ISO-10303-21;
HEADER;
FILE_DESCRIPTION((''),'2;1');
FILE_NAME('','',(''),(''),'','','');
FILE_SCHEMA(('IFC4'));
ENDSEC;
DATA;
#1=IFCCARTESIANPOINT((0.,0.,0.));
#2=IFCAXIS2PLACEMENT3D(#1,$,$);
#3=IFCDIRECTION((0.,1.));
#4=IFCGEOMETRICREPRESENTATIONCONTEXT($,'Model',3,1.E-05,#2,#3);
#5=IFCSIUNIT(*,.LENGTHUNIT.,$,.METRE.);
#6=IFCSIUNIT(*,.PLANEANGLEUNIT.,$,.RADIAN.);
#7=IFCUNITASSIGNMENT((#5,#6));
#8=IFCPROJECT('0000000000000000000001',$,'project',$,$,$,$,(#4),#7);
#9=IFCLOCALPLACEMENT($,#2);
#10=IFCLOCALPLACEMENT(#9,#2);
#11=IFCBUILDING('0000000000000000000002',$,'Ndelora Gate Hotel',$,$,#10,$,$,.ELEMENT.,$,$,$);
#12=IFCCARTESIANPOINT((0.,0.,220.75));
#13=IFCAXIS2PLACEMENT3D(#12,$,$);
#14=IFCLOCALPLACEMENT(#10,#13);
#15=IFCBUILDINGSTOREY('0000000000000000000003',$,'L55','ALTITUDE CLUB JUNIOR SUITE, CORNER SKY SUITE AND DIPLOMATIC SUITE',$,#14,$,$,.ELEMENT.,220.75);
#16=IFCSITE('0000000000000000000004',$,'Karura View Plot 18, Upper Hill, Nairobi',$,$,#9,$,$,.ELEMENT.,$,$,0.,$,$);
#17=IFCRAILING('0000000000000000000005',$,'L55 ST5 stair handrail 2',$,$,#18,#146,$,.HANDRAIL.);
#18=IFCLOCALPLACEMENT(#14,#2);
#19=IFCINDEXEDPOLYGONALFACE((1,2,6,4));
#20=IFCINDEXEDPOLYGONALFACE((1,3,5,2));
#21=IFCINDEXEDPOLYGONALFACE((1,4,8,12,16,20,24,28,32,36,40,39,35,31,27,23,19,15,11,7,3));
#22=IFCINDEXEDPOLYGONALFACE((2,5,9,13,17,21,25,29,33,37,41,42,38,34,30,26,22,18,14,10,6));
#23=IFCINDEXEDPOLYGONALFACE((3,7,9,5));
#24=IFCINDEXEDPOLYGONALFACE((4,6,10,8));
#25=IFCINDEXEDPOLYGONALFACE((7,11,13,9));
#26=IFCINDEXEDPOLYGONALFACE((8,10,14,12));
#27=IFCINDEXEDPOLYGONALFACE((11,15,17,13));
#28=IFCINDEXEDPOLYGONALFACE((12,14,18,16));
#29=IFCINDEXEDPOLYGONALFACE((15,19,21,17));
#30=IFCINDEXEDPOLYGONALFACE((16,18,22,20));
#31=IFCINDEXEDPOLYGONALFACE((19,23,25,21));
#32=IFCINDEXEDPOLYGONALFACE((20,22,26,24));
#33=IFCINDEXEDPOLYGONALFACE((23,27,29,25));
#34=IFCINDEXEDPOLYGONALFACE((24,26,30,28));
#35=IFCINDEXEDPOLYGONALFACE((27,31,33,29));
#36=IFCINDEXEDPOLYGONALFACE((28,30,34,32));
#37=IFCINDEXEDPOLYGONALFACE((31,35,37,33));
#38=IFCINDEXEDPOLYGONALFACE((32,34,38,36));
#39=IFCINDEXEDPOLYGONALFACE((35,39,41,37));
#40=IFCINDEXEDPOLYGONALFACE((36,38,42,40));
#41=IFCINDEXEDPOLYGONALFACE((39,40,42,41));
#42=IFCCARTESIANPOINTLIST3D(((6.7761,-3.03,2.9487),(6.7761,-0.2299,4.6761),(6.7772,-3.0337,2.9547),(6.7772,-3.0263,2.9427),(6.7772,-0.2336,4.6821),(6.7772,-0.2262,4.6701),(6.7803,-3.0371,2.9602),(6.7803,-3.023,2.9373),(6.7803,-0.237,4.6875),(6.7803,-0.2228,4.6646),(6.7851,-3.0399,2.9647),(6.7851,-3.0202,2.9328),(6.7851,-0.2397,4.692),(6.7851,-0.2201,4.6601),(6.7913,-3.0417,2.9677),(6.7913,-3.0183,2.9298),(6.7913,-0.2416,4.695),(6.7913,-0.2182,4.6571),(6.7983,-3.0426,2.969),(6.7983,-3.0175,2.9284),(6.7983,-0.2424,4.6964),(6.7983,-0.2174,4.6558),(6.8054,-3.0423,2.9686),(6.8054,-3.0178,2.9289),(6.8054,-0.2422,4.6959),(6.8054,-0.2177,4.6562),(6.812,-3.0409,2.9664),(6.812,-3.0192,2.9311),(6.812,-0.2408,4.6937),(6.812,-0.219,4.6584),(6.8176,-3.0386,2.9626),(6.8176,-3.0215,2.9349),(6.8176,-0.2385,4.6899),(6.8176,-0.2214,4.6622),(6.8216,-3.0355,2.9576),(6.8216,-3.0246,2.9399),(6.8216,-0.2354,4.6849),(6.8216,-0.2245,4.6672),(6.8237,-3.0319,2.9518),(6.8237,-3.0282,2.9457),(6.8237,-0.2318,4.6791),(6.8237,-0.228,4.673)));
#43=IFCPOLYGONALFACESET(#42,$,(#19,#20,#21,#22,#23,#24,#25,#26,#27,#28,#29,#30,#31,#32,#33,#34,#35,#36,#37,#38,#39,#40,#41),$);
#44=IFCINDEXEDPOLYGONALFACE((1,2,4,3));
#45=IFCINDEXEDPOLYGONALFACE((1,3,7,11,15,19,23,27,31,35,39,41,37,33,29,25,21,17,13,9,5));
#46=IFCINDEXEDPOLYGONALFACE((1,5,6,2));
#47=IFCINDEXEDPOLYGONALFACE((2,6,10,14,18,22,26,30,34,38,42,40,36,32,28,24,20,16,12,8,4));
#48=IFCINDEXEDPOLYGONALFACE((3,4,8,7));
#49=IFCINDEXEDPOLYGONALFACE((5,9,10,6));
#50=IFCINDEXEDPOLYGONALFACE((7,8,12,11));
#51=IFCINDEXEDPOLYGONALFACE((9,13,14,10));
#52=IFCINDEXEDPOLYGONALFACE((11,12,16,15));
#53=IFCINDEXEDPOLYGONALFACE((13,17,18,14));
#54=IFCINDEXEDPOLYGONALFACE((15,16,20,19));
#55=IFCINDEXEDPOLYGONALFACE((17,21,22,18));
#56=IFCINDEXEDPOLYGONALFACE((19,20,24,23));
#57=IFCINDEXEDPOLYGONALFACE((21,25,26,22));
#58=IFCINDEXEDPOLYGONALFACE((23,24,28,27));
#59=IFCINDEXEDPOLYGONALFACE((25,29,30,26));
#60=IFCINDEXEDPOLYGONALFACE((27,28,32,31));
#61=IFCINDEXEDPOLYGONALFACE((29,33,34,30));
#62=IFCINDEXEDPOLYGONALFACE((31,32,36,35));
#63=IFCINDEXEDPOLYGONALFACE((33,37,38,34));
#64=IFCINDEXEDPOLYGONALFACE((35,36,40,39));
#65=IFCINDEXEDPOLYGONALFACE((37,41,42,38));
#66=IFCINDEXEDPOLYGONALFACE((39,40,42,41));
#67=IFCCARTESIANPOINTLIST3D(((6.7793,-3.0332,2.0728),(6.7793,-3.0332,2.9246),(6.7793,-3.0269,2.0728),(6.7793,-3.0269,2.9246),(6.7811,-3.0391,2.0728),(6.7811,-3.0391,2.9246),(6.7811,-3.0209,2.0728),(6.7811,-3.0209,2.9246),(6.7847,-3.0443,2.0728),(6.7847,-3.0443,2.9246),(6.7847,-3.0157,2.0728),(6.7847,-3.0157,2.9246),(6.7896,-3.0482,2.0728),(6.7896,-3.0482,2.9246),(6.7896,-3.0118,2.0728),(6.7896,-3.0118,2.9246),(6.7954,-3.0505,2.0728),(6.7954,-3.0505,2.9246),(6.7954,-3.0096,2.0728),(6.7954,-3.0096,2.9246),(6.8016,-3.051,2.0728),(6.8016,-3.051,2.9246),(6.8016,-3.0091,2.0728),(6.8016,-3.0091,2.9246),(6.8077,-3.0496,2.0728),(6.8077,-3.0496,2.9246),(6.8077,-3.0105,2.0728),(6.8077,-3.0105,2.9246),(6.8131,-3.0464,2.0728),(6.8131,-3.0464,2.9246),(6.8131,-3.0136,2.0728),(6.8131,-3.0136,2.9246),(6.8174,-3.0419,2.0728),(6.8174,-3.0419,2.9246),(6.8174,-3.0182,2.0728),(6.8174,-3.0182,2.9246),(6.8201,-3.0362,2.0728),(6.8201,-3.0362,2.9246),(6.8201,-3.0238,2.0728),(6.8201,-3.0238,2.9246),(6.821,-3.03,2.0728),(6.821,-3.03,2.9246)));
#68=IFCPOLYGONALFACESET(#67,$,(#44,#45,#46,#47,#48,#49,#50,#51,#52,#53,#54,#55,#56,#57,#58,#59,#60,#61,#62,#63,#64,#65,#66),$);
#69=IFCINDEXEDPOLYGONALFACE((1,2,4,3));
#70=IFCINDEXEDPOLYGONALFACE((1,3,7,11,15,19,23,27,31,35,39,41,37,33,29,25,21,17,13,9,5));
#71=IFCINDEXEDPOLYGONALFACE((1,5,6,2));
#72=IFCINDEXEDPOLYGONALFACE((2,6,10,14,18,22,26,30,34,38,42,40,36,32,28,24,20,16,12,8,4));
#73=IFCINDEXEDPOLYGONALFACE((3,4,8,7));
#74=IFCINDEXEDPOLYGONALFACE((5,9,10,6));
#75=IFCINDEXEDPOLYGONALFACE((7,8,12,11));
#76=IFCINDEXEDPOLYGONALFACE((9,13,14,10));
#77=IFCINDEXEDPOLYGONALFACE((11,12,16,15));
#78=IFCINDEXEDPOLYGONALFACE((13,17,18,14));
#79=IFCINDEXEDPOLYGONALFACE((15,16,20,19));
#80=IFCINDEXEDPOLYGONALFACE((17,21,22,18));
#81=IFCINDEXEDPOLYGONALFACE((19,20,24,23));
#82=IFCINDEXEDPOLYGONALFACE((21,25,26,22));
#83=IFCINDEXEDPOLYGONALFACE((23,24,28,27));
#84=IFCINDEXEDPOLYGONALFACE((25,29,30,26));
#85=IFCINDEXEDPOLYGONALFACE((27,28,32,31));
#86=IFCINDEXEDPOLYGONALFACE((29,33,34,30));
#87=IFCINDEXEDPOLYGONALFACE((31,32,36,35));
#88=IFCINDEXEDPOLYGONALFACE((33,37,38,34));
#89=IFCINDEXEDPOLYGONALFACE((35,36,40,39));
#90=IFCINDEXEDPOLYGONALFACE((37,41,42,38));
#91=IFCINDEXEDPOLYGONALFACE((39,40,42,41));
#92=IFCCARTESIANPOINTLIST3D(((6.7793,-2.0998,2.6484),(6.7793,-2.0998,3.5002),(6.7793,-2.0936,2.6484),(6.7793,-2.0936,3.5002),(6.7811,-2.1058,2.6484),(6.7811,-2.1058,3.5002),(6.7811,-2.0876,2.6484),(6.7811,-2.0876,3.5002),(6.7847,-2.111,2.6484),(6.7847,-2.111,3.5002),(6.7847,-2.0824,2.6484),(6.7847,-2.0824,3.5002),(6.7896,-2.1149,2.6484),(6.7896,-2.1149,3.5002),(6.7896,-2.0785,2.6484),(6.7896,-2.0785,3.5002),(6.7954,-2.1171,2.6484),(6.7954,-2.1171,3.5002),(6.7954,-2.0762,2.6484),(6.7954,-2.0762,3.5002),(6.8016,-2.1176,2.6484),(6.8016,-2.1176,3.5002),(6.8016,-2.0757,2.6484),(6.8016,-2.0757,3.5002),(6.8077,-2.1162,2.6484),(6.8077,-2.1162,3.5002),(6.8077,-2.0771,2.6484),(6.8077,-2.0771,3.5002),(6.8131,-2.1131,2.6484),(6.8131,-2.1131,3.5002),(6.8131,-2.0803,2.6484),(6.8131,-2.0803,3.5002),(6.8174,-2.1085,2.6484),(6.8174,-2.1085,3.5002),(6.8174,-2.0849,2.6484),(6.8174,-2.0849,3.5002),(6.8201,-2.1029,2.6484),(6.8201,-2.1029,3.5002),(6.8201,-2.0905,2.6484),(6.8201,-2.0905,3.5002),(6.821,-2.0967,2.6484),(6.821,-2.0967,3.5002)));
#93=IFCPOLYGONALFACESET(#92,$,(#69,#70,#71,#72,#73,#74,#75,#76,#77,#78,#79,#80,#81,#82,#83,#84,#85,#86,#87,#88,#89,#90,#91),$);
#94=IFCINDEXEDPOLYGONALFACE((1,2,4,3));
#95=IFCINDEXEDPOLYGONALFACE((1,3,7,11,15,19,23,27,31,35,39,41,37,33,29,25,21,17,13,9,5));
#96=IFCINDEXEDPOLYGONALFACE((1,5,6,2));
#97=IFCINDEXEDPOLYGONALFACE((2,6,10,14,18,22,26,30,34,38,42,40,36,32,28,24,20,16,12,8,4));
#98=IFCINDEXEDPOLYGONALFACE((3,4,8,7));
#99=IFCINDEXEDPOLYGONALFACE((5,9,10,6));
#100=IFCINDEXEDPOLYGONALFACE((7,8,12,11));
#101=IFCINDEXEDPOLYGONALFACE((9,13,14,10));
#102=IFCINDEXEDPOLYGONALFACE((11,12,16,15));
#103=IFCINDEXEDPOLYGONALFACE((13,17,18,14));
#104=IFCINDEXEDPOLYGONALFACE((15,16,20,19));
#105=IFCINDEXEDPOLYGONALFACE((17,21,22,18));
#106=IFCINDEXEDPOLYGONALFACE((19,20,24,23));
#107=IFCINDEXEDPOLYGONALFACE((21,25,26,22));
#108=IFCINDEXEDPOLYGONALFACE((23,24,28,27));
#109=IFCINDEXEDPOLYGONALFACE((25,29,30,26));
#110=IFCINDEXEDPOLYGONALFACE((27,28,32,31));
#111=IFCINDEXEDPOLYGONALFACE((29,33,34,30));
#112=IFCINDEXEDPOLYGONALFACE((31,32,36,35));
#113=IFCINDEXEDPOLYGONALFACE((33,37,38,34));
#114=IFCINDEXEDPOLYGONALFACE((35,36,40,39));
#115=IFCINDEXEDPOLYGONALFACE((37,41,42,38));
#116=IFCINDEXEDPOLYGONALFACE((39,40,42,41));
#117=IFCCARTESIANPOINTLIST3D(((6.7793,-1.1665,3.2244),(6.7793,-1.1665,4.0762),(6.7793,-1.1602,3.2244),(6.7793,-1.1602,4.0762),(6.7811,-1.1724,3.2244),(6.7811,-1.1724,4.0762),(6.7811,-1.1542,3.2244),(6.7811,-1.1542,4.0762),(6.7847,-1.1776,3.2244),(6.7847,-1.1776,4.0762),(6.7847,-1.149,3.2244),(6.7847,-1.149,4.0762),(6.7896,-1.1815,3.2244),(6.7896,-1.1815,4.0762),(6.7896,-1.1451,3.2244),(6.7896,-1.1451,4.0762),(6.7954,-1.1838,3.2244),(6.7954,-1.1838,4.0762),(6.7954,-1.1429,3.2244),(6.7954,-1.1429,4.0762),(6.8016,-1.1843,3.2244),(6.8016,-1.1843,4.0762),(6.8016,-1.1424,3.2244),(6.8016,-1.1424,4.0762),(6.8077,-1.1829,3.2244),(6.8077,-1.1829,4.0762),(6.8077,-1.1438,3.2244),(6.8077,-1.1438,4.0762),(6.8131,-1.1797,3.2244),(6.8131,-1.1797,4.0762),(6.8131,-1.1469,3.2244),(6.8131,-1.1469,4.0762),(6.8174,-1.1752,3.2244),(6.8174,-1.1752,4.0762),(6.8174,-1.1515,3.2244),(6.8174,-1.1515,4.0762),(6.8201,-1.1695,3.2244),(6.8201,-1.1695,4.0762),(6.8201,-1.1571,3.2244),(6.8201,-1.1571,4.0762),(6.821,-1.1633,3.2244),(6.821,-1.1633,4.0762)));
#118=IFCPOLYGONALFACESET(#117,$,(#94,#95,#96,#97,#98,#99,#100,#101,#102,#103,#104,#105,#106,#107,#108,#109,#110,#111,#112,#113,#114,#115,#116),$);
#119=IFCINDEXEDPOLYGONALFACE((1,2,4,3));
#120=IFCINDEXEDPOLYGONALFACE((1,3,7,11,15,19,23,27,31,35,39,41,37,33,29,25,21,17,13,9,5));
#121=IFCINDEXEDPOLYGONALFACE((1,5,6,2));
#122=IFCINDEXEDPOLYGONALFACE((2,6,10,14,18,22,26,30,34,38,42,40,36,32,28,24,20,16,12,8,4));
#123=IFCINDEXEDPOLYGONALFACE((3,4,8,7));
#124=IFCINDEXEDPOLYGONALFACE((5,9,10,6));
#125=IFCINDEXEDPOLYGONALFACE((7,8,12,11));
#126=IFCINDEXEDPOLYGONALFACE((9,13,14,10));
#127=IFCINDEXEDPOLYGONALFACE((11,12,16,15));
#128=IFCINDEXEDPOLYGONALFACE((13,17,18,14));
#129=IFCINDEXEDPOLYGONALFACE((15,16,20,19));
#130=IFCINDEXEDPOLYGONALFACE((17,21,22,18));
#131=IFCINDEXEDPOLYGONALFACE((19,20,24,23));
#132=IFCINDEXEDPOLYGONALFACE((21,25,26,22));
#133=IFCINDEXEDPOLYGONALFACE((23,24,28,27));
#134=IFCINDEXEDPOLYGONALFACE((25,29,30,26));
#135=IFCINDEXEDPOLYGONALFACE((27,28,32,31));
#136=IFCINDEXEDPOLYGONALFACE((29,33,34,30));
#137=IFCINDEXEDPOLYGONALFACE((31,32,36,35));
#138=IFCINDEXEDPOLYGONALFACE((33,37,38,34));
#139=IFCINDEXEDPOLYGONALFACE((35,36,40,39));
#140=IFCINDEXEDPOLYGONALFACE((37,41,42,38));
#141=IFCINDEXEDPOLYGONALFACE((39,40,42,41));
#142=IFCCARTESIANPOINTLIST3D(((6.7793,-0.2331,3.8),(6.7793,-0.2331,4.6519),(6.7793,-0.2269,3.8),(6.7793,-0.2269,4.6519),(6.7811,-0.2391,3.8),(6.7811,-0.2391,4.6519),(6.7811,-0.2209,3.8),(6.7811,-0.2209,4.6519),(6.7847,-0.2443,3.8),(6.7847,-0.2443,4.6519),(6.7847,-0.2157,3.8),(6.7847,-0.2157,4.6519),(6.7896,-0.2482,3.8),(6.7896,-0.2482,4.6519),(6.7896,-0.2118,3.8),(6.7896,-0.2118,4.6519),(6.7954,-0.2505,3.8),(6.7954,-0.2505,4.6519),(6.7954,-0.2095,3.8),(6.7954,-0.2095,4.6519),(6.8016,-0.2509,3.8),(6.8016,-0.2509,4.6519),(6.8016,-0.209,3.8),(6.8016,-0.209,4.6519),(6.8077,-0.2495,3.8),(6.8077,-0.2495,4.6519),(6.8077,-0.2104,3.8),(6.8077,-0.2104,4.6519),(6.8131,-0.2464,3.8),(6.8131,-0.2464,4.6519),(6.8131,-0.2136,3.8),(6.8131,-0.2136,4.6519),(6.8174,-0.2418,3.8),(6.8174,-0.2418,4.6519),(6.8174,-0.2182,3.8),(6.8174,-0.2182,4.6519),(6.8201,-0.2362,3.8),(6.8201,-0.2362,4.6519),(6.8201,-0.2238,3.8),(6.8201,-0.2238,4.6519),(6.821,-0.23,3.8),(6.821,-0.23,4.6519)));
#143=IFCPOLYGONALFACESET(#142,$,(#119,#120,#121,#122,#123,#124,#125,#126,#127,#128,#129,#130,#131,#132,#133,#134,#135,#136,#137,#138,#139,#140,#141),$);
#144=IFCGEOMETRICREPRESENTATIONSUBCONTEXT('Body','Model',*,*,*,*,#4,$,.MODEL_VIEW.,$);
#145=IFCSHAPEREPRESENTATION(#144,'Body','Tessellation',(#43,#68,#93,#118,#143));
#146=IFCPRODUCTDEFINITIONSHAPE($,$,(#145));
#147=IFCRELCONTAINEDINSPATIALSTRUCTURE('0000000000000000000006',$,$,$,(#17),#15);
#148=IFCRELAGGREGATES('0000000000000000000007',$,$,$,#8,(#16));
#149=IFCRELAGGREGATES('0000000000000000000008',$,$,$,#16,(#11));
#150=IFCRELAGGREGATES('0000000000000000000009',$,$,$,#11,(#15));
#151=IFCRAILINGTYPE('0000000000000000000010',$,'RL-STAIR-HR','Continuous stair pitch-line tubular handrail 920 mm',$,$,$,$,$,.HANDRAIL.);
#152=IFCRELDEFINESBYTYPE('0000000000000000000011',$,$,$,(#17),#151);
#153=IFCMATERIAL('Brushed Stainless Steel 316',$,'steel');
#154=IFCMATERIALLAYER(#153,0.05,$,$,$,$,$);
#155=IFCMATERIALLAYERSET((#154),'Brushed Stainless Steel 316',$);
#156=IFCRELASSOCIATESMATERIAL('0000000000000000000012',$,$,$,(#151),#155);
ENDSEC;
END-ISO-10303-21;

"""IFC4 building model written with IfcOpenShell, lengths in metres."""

from ifc_helpers import new_model, si_unit, direction, frame, origin, origin_2d, place, context, subcontext, project, spatial, circle, extrude, material, layer, layer_set, type_object, element, save


model = new_model("IFC4")

# Units and contexts
model_context = context("Model", 3, precision=1e-05, world=origin(), true_north=direction((0.0, 1.0)))
body_context = subcontext(model_context, "Body", "Model", "MODEL_VIEW")
ifc_project = project(units=[si_unit("LENGTHUNIT", "METRE"), si_unit("PLANEANGLEUNIT", "RADIAN")], contexts=[model_context])

# Site, building, storey
site_placement = place(None, origin())
site = spatial("IfcSite", under=ifc_project, at=site_placement, Name="Karura View Plot 18, Upper Hill, Nairobi", CompositionType="ELEMENT", RefElevation=0.0)
building_placement = place(site_placement, origin())
building = spatial("IfcBuilding", under=site, at=building_placement, Name="Ndelora Gate Hotel", CompositionType="ELEMENT")
storey_placement = place(building_placement, frame((0.0, 0.0, 220.75)))
storey = spatial("IfcBuildingStorey", under=building, at=storey_placement, Name="L55", Description="ALTITUDE CLUB JUNIOR SUITE, CORNER SKY SUITE AND DIPLOMATIC SUITE", CompositionType="ELEMENT", Elevation=220.75)

# Railing
ifc_material_1 = material(Name="Brushed Stainless Steel 316", Category="steel")
ifc_layer_1 = layer(ifc_material_1, 0.05)
ifc_layer_set_1 = layer_set([ifc_layer_1], Name="Brushed Stainless Steel 316")
railing_type_1 = type_object("IfcRailingType", Name="RL-STAIR-HR", Description="Continuous stair pitch-line tubular handrail 920 mm", PredefinedType="HANDRAIL", material=ifc_layer_set_1)
railing_1_placement = place(storey_placement, frame((6.8, -3.03, 2.0728)))
element("IfcRailing", 1, at=railing_1_placement, inside=storey, type_object=railing_type_1, Name="L55 ST5 stair handrail 2", PredefinedType="HANDRAIL", context=body_context, shape_type="SweptSolid", body=[
    extrude(circle(Radius=0.0239, at=origin_2d()), frame((0.0, 0.0, 0.876), z_axis=(0.0, 0.85109, 0.52502), x_axis=(-1.0, 0.0, 0.0)), (0.0, 0.0, 1.0), 3.29),
    extrude(circle(Radius=0.021, at=origin_2d()), origin(), (0.0, 0.0, 1.0), 0.8518),
    extrude(circle(Radius=0.021, at=origin_2d()), frame((0.0, 0.9333, 0.5757)), (0.0, 0.0, 1.0), 0.8518),
    extrude(circle(Radius=0.021, at=origin_2d()), frame((0.0, 1.8667, 1.1516)), (0.0, 0.0, 1.0), 0.8518),
    extrude(circle(Radius=0.021, at=origin_2d()), frame((0.0, 2.8, 1.7273)), (0.0, 0.0, 1.0), 0.8518),
])

save(model, "model.ifc")
